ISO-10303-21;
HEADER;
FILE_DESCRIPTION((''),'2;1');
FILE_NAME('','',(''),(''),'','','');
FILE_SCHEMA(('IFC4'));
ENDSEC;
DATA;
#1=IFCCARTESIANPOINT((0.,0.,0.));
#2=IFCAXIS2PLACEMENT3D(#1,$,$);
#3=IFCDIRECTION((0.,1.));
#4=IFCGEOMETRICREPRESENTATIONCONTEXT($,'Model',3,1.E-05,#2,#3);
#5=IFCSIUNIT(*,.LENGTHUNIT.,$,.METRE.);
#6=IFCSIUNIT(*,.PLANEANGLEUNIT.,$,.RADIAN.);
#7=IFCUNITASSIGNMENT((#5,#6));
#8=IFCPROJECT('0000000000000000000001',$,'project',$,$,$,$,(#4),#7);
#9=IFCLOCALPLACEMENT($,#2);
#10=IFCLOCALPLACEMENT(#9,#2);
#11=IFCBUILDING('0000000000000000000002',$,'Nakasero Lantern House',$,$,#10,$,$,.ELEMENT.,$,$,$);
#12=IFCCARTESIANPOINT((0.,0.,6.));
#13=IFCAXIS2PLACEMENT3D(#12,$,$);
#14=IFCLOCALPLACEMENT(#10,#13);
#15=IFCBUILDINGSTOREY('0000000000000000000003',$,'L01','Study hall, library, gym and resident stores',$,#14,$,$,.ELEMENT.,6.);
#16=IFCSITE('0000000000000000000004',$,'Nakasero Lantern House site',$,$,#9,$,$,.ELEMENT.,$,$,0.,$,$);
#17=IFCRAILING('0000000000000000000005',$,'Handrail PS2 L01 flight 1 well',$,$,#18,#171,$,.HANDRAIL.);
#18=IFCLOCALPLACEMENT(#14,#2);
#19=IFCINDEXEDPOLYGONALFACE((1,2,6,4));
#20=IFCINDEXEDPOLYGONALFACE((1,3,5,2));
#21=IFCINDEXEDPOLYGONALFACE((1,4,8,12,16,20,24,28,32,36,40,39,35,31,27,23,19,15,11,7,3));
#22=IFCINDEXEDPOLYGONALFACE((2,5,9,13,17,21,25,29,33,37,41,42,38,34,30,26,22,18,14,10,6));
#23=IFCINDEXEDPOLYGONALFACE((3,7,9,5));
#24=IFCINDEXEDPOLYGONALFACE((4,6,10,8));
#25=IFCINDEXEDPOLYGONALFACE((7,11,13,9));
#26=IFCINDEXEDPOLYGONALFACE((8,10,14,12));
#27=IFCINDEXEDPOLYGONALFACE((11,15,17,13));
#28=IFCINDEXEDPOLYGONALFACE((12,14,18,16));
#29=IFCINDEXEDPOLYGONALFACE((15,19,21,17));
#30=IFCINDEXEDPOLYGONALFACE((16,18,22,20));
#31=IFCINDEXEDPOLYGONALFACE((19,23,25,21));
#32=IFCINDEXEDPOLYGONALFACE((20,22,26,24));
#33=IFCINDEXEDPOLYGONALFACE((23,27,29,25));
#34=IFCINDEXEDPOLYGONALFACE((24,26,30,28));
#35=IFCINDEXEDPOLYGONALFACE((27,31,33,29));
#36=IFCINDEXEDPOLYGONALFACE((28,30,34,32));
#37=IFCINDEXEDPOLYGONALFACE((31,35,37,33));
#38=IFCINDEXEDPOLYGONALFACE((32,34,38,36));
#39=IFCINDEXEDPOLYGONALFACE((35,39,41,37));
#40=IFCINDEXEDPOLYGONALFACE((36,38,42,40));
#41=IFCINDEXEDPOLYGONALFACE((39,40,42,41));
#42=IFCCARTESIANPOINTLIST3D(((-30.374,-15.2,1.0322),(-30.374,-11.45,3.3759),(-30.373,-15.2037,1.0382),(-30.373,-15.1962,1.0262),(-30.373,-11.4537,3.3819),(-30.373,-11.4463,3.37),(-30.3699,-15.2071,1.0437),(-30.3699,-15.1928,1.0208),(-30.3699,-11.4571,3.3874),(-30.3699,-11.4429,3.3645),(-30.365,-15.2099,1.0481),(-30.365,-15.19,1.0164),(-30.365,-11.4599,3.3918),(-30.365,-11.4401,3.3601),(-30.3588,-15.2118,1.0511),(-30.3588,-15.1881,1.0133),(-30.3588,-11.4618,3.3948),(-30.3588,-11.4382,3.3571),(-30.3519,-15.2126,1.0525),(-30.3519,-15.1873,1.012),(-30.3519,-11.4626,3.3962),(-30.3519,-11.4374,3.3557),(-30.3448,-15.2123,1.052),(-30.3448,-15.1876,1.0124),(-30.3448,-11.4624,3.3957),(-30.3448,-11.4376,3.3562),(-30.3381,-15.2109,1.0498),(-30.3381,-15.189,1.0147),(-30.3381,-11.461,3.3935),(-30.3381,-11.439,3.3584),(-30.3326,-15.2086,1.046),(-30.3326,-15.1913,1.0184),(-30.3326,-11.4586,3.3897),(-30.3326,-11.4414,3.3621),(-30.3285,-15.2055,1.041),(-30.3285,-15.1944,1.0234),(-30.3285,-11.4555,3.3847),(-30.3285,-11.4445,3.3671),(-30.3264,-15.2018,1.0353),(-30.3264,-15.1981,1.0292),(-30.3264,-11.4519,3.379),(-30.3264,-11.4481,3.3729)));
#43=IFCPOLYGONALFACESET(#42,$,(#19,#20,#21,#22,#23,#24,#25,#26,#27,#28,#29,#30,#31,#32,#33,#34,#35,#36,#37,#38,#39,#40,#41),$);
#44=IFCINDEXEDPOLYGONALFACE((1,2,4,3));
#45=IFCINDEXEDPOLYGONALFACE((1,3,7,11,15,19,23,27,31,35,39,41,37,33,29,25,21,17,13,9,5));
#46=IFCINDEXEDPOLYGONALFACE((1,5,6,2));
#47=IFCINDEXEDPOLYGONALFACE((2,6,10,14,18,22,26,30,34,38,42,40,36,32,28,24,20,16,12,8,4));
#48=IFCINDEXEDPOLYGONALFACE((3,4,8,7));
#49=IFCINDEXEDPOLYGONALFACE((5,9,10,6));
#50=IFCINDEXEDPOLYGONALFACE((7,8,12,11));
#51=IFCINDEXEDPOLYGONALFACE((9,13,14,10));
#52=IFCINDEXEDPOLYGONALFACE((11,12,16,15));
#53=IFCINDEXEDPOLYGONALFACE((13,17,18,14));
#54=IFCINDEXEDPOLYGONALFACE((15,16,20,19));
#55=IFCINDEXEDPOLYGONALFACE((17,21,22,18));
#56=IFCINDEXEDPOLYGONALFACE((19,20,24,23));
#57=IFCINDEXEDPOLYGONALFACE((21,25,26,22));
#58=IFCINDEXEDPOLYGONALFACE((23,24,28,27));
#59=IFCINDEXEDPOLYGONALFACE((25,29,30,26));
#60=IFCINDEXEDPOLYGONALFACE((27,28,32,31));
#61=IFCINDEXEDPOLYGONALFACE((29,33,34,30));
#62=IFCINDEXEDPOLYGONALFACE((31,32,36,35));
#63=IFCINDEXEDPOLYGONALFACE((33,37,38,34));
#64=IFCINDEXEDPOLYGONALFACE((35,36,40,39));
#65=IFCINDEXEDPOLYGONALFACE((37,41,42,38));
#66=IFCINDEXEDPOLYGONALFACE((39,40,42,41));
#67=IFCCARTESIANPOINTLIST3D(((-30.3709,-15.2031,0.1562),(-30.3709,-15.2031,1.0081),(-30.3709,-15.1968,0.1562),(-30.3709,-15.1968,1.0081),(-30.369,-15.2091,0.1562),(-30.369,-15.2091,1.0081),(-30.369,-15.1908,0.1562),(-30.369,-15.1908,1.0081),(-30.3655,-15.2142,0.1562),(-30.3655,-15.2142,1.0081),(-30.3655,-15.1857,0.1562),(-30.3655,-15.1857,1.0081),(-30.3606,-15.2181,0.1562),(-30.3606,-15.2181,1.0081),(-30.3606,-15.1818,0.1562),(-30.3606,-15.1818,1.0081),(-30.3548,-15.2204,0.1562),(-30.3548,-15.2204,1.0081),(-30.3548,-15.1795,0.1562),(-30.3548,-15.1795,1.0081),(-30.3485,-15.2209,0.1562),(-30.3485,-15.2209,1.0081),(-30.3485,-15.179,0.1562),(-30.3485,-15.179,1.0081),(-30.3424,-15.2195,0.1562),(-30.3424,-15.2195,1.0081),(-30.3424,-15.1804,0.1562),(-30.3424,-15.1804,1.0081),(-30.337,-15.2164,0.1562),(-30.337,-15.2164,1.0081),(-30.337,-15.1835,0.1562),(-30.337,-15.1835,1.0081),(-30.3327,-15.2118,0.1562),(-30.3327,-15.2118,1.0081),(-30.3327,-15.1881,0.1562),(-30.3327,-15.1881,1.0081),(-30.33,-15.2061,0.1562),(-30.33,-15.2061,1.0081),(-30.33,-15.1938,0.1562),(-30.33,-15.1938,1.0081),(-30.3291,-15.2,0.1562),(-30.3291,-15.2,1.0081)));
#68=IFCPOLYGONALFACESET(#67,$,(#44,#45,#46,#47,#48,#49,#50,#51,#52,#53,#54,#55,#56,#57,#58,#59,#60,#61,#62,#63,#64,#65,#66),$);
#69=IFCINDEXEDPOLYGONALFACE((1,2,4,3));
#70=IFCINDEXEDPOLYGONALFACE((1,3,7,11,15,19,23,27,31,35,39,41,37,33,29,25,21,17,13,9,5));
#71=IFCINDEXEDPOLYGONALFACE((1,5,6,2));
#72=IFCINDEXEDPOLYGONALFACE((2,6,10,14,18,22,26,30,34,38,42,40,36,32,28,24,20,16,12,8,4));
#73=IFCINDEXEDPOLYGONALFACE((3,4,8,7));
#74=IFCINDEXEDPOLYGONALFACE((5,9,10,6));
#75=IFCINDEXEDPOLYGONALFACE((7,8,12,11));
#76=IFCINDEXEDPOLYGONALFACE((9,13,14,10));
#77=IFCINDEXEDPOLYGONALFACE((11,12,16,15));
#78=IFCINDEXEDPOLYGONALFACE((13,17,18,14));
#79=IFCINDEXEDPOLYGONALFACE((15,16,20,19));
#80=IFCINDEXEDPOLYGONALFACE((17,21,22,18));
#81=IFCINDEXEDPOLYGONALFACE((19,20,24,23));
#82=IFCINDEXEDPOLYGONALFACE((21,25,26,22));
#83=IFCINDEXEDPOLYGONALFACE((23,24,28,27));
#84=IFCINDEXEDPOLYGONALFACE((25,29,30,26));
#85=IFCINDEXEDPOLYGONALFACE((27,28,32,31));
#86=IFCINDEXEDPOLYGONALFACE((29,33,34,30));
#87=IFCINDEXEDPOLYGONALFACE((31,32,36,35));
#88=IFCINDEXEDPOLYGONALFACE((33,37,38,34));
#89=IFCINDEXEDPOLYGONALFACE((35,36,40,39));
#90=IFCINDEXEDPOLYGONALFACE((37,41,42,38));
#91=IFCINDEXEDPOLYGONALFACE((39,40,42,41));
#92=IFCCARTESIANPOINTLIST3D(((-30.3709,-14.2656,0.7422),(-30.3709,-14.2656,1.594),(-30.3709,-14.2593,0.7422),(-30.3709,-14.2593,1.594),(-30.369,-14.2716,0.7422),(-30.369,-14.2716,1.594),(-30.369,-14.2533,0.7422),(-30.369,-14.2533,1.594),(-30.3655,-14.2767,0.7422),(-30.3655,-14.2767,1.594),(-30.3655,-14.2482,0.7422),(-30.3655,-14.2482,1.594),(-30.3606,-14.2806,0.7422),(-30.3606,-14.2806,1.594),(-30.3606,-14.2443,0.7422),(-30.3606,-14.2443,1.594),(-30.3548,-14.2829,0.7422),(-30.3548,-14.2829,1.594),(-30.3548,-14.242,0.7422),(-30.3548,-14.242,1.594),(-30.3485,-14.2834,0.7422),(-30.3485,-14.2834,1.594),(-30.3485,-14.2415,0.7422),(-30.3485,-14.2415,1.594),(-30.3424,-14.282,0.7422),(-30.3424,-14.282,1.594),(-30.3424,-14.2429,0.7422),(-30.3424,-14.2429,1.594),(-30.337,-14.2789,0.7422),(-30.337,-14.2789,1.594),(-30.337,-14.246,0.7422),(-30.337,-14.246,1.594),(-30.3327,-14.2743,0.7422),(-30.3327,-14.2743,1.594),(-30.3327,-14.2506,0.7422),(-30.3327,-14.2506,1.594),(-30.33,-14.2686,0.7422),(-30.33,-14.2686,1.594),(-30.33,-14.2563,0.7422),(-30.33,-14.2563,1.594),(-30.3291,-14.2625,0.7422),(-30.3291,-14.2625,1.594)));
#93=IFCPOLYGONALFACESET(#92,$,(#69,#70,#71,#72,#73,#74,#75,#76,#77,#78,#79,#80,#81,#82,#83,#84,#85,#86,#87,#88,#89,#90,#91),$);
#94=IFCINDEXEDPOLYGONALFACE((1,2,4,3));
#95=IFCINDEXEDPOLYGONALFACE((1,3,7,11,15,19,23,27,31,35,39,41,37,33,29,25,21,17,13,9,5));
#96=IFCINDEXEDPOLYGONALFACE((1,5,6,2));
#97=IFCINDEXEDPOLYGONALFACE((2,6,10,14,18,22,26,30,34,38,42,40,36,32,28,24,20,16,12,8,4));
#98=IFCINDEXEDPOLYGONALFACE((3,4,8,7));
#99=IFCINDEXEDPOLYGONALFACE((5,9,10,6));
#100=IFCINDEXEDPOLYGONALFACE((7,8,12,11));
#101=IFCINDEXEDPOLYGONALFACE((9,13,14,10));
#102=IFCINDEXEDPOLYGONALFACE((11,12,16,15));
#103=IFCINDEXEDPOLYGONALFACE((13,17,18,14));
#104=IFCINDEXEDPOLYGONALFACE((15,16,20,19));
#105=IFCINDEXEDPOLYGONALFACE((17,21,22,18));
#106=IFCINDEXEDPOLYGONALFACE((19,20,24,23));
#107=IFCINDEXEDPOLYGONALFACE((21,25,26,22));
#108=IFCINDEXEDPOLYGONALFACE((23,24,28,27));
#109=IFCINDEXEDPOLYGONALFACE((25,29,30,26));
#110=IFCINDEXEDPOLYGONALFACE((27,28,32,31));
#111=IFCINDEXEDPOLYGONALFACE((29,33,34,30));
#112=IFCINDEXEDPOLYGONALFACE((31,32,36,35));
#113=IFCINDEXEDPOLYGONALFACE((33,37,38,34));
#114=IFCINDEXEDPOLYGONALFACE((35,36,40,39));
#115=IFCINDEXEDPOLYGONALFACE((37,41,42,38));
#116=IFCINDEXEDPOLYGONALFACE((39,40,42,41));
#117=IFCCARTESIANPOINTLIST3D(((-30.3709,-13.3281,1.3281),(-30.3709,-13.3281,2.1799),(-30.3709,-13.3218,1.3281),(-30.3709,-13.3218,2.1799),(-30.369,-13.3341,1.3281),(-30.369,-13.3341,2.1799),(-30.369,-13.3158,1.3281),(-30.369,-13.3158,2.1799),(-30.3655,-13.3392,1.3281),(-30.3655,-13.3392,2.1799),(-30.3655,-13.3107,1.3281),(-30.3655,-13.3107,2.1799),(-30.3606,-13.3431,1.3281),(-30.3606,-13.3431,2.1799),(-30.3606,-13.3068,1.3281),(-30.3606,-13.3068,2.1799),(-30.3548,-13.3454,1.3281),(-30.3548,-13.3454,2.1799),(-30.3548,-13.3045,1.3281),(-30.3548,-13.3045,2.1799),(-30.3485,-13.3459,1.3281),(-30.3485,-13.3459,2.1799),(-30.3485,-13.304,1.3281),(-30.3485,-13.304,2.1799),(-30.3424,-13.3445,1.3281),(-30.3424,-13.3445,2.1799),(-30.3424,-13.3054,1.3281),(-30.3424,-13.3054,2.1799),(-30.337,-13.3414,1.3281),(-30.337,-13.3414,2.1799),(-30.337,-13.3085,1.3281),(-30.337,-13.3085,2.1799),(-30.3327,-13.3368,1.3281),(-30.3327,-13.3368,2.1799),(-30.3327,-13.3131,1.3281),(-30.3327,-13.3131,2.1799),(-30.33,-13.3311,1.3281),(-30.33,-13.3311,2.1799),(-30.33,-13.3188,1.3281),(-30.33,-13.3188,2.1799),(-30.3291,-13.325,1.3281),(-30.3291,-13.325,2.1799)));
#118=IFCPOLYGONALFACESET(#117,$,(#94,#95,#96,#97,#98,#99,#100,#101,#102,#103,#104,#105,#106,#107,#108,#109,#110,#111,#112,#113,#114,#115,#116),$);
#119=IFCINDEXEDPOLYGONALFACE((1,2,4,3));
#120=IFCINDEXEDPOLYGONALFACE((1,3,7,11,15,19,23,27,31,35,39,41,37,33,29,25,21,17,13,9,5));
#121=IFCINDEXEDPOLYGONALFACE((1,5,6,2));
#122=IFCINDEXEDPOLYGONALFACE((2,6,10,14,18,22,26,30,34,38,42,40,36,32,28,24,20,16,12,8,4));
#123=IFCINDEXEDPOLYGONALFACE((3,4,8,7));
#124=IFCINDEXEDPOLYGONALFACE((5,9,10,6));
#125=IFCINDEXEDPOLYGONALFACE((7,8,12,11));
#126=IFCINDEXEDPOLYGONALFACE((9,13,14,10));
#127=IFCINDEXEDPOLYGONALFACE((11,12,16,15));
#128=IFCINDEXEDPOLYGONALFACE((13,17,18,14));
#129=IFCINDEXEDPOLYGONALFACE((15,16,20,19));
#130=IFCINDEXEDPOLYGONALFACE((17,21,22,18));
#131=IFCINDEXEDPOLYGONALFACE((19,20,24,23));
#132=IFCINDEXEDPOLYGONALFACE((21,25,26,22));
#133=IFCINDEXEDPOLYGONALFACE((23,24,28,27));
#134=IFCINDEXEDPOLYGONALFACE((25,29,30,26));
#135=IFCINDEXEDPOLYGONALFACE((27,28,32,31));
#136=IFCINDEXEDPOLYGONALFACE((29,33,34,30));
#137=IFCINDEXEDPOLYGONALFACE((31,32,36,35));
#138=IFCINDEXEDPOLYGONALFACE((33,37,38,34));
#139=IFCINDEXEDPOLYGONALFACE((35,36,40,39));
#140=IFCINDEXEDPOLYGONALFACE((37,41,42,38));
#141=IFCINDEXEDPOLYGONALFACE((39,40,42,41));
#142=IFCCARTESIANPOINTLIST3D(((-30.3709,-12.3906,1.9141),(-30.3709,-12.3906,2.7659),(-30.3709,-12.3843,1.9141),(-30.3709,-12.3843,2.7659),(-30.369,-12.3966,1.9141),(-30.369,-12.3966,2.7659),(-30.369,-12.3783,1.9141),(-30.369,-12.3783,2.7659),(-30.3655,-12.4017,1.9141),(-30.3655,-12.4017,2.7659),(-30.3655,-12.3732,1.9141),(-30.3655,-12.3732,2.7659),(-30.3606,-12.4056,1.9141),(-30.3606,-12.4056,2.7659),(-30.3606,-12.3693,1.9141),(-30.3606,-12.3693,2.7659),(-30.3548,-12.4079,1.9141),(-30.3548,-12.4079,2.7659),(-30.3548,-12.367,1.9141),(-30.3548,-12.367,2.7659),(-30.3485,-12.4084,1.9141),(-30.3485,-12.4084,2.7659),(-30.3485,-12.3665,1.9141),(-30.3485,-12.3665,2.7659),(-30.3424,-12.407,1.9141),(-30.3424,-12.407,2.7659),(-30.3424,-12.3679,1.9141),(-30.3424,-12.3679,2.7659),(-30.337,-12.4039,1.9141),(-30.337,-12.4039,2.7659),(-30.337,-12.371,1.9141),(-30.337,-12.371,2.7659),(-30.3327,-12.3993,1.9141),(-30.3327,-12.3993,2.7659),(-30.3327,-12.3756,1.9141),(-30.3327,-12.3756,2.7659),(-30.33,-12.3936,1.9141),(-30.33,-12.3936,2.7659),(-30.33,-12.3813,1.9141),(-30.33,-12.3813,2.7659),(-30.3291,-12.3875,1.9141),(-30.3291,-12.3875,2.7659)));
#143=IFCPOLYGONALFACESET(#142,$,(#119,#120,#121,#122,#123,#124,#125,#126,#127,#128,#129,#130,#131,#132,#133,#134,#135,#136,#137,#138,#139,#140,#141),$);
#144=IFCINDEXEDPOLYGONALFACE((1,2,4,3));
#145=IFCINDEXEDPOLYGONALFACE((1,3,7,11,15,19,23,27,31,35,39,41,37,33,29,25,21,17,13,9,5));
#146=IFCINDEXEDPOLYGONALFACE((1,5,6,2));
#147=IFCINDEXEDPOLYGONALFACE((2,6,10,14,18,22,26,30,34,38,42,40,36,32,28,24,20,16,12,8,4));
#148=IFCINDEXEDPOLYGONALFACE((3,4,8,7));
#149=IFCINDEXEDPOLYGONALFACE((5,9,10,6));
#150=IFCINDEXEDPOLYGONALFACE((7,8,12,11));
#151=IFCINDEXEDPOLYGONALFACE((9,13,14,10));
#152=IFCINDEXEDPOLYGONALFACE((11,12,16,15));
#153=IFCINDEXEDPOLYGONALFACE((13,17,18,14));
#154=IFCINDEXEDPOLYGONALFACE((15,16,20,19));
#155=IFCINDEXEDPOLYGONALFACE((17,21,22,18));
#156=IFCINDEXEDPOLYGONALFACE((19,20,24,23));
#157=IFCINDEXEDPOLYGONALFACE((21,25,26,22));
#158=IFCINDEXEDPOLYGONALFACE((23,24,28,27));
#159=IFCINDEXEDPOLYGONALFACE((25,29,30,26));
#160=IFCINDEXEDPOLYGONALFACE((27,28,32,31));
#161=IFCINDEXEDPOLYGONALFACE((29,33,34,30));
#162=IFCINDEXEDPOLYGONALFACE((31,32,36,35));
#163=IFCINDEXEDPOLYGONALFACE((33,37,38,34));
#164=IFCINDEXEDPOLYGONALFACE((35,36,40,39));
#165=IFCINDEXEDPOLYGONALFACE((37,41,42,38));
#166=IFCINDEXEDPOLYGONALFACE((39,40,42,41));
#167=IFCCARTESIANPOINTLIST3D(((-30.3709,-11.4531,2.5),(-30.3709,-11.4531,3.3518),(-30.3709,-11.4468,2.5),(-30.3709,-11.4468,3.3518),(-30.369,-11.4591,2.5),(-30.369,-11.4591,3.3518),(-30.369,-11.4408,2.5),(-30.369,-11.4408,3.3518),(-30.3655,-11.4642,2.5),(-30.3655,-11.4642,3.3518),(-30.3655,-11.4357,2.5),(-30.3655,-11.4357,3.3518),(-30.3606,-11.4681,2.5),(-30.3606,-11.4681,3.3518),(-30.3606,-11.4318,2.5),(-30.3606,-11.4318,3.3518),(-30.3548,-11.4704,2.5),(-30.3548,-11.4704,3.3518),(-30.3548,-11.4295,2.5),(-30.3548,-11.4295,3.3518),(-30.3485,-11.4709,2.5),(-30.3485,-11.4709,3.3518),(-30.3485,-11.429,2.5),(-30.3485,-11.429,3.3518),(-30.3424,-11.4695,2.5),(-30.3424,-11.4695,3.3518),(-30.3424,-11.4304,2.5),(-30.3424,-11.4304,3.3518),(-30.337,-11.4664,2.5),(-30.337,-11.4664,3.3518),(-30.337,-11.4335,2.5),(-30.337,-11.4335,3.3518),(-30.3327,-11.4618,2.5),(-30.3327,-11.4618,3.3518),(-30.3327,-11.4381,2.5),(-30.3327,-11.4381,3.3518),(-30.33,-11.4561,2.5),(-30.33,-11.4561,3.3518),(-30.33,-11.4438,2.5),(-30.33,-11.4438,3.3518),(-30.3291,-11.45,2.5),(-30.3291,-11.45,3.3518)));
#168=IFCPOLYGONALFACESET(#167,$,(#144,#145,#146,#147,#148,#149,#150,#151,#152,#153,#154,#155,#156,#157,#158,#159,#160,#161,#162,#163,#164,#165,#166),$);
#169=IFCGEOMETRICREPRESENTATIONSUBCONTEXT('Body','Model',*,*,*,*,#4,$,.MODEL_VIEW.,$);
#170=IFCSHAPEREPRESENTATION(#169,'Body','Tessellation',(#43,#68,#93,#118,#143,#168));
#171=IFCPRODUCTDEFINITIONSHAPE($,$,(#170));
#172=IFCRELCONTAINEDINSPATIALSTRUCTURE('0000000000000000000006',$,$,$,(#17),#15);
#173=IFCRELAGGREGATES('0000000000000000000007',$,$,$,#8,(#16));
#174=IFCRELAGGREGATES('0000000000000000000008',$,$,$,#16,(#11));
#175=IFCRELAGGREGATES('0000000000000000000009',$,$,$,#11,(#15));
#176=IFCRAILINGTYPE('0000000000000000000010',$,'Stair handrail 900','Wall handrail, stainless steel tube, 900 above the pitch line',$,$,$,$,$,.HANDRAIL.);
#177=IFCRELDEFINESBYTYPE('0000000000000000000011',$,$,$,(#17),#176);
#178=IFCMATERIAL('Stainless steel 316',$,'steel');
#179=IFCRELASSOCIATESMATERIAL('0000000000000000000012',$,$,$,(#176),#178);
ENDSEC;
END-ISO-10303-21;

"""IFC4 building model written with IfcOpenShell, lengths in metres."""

from ifc_helpers import new_model, si_unit, direction, frame, origin, origin_2d, place, context, subcontext, project, spatial, circle, extrude, material, type_object, element, save


model = new_model("IFC4")

# Units and contexts
model_context = context("Model", 3, precision=1e-05, world=origin(), true_north=direction((0.0, 1.0)))
body_context = subcontext(model_context, "Body", "Model", "MODEL_VIEW")
ifc_project = project(units=[si_unit("LENGTHUNIT", "METRE"), si_unit("PLANEANGLEUNIT", "RADIAN")], contexts=[model_context])

# Site, building, storey
site_placement = place(None, origin())
site = spatial("IfcSite", under=ifc_project, at=site_placement, Name="Nakasero Lantern House site", CompositionType="ELEMENT", RefElevation=0.0)
building_placement = place(site_placement, origin())
building = spatial("IfcBuilding", under=site, at=building_placement, Name="Nakasero Lantern House", CompositionType="ELEMENT")
storey_placement = place(building_placement, frame((0.0, 0.0, 6.0)))
storey = spatial("IfcBuildingStorey", under=building, at=storey_placement, Name="L01", Description="Study hall, library, gym and resident stores", CompositionType="ELEMENT", Elevation=6.0)

# Railing
ifc_material_1 = material(Name="Stainless steel 316", Category="steel")
railing_type = type_object("IfcRailingType", Name="Stair handrail 900", Description="Wall handrail, stainless steel tube, 900 above the pitch line", PredefinedType="HANDRAIL", material=ifc_material_1)
for number, where, name in (
    (1, (-30.3501, -15.2, 0.1562), "Handrail PS2 L01 flight 1 well"),
):
    element("IfcRailing", number, at=place(storey_placement, frame(where)), inside=storey, type_object=railing_type, Name=name, PredefinedType="HANDRAIL", context=body_context, shape_type="SweptSolid", body=[
        extrude(circle(Radius=0.0239, at=origin_2d()), frame((0.0, 0.0, 0.876), z_axis=(0.0, 0.847998, 0.529999), x_axis=(-1.0, 0.0, 0.0)), (0.0, 0.0, 1.0), 4.4221),
        extrude(circle(Radius=0.021, at=origin_2d()), origin(), (0.0, 0.0, 1.0), 0.8518),
        extrude(circle(Radius=0.021, at=origin_2d()), frame((0.0, 0.9375, 0.5859)), (0.0, 0.0, 1.0), 0.8518),
        extrude(circle(Radius=0.021, at=origin_2d()), frame((0.0, 1.875, 1.1719)), (0.0, 0.0, 1.0), 0.8518),
        extrude(circle(Radius=0.021, at=origin_2d()), frame((0.0, 2.8125, 1.7578)), (0.0, 0.0, 1.0), 0.8518),
        extrude(circle(Radius=0.021, at=origin_2d()), frame((0.0, 3.75, 2.3438)), (0.0, 0.0, 1.0), 0.8518),
    ])

save(model, "model.ifc")
